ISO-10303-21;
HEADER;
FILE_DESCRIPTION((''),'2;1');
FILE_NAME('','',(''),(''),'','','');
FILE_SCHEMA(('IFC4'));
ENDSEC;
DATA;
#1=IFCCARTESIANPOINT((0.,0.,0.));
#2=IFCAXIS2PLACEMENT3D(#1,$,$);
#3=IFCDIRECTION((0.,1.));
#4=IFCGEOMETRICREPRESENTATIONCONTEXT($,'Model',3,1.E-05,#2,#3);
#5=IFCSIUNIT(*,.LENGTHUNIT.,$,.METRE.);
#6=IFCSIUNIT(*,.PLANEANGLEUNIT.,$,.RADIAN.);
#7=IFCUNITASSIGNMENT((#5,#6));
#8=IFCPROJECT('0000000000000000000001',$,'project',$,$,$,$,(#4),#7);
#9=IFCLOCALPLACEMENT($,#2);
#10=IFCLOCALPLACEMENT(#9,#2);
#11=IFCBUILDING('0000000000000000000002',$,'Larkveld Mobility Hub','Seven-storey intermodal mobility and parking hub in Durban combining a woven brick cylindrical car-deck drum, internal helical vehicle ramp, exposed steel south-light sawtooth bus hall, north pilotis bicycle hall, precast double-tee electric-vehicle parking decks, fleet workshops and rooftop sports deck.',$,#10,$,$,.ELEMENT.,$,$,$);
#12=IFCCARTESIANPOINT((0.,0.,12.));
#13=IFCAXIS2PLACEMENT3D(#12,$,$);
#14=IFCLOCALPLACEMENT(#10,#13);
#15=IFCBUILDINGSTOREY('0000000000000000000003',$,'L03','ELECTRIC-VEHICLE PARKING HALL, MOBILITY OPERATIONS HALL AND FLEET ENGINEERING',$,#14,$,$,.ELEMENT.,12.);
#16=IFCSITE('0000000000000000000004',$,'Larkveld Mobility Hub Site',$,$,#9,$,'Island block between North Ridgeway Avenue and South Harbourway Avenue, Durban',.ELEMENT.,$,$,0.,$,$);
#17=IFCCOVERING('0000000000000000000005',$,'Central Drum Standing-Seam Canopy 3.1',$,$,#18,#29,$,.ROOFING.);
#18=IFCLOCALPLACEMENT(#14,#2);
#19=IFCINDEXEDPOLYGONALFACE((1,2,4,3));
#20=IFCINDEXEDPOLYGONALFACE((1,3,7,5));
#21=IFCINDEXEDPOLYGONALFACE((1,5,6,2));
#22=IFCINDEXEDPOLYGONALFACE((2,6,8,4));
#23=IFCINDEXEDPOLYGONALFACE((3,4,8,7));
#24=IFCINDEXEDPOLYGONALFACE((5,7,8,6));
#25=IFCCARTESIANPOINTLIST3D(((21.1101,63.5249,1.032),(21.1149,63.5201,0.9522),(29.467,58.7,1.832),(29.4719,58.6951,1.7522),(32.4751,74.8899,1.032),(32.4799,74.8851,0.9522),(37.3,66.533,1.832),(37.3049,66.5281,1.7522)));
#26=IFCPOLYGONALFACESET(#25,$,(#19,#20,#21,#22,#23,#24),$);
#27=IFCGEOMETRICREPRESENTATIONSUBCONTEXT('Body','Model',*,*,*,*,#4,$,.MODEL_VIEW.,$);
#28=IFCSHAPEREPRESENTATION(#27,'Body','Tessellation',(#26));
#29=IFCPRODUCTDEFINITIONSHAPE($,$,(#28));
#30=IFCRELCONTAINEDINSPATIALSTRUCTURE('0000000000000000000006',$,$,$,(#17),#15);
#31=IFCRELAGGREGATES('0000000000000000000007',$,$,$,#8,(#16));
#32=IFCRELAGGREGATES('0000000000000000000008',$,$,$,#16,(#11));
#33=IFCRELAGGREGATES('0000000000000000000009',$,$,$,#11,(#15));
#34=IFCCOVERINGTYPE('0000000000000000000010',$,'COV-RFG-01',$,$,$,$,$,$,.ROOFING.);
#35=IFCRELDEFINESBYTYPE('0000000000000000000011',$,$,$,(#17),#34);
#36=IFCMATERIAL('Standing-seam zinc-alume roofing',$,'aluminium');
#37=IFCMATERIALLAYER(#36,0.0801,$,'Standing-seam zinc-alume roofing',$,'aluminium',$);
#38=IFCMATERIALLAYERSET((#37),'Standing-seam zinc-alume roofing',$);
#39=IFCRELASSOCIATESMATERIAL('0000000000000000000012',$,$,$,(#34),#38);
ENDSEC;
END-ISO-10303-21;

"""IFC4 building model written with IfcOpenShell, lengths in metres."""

from ifc_helpers import new_model, si_unit, direction, frame, origin, place, context, subcontext, project, spatial, polyline, outline, extrude, material, layer, layer_set, type_object, element, save


model = new_model("IFC4")

# Units and contexts
model_context = context("Model", 3, precision=1e-05, world=origin(), true_north=direction((0.0, 1.0)))
body_context = subcontext(model_context, "Body", "Model", "MODEL_VIEW")
ifc_project = project(units=[si_unit("LENGTHUNIT", "METRE"), si_unit("PLANEANGLEUNIT", "RADIAN")], contexts=[model_context])

# Site, building, storey
site_placement = place(None, origin())
site = spatial("IfcSite", under=ifc_project, at=site_placement, Name="Larkveld Mobility Hub Site", LongName="Island block between North Ridgeway Avenue and South Harbourway Avenue, Durban", CompositionType="ELEMENT", RefElevation=0.0)
building_placement = place(site_placement, origin())
building = spatial("IfcBuilding", under=site, at=building_placement, Name="Larkveld Mobility Hub", Description="Seven-storey intermodal mobility and parking hub in Durban combining a woven brick cylindrical car-deck drum, internal helical vehicle ramp, exposed steel south-light sawtooth bus hall, north pilotis bicycle hall, precast double-tee electric-vehicle parking decks, fleet workshops and rooftop sports deck.", CompositionType="ELEMENT")
storey_placement = place(building_placement, frame((0.0, 0.0, 12.0)))
storey = spatial("IfcBuildingStorey", under=building, at=storey_placement, Name="L03", Description="ELECTRIC-VEHICLE PARKING HALL, MOBILITY OPERATIONS HALL AND FLEET ENGINEERING", CompositionType="ELEMENT", Elevation=12.0)

# Covering
ifc_material_1 = material(Name="Standing-seam zinc-alume roofing", Category="aluminium")
ifc_layer_1 = layer(ifc_material_1, 0.0801, Name="Standing-seam zinc-alume roofing", Category="aluminium")
ifc_layer_set_1 = layer_set([ifc_layer_1], Name="Standing-seam zinc-alume roofing")
covering_type = type_object("IfcCoveringType", Name="COV-RFG-01", PredefinedType="ROOFING", material=ifc_layer_set_1)
covering_placement = place(storey_placement, frame((32.4751, 74.8899, 1.032), z_axis=(-0.060471, 0.060471, 0.996337), x_axis=(-0.707107, -0.707107, 0.0)))
element("IfcCovering", 1, at=covering_placement, inside=storey, type_object=covering_type, Name="Central Drum Standing-Seam Canopy 3.1", PredefinedType="ROOFING", context=body_context, shape_type="SweptSolid", body=[
    extrude(outline(polyline([(0.0, 0.0), (16.0725, 0.0), (13.575, 9.3553), (2.4975, 9.3553), (0.0, 0.0)])), origin(), (0.0, 0.0, -1.0), 0.0801),
])

save(model, "model.ifc")
